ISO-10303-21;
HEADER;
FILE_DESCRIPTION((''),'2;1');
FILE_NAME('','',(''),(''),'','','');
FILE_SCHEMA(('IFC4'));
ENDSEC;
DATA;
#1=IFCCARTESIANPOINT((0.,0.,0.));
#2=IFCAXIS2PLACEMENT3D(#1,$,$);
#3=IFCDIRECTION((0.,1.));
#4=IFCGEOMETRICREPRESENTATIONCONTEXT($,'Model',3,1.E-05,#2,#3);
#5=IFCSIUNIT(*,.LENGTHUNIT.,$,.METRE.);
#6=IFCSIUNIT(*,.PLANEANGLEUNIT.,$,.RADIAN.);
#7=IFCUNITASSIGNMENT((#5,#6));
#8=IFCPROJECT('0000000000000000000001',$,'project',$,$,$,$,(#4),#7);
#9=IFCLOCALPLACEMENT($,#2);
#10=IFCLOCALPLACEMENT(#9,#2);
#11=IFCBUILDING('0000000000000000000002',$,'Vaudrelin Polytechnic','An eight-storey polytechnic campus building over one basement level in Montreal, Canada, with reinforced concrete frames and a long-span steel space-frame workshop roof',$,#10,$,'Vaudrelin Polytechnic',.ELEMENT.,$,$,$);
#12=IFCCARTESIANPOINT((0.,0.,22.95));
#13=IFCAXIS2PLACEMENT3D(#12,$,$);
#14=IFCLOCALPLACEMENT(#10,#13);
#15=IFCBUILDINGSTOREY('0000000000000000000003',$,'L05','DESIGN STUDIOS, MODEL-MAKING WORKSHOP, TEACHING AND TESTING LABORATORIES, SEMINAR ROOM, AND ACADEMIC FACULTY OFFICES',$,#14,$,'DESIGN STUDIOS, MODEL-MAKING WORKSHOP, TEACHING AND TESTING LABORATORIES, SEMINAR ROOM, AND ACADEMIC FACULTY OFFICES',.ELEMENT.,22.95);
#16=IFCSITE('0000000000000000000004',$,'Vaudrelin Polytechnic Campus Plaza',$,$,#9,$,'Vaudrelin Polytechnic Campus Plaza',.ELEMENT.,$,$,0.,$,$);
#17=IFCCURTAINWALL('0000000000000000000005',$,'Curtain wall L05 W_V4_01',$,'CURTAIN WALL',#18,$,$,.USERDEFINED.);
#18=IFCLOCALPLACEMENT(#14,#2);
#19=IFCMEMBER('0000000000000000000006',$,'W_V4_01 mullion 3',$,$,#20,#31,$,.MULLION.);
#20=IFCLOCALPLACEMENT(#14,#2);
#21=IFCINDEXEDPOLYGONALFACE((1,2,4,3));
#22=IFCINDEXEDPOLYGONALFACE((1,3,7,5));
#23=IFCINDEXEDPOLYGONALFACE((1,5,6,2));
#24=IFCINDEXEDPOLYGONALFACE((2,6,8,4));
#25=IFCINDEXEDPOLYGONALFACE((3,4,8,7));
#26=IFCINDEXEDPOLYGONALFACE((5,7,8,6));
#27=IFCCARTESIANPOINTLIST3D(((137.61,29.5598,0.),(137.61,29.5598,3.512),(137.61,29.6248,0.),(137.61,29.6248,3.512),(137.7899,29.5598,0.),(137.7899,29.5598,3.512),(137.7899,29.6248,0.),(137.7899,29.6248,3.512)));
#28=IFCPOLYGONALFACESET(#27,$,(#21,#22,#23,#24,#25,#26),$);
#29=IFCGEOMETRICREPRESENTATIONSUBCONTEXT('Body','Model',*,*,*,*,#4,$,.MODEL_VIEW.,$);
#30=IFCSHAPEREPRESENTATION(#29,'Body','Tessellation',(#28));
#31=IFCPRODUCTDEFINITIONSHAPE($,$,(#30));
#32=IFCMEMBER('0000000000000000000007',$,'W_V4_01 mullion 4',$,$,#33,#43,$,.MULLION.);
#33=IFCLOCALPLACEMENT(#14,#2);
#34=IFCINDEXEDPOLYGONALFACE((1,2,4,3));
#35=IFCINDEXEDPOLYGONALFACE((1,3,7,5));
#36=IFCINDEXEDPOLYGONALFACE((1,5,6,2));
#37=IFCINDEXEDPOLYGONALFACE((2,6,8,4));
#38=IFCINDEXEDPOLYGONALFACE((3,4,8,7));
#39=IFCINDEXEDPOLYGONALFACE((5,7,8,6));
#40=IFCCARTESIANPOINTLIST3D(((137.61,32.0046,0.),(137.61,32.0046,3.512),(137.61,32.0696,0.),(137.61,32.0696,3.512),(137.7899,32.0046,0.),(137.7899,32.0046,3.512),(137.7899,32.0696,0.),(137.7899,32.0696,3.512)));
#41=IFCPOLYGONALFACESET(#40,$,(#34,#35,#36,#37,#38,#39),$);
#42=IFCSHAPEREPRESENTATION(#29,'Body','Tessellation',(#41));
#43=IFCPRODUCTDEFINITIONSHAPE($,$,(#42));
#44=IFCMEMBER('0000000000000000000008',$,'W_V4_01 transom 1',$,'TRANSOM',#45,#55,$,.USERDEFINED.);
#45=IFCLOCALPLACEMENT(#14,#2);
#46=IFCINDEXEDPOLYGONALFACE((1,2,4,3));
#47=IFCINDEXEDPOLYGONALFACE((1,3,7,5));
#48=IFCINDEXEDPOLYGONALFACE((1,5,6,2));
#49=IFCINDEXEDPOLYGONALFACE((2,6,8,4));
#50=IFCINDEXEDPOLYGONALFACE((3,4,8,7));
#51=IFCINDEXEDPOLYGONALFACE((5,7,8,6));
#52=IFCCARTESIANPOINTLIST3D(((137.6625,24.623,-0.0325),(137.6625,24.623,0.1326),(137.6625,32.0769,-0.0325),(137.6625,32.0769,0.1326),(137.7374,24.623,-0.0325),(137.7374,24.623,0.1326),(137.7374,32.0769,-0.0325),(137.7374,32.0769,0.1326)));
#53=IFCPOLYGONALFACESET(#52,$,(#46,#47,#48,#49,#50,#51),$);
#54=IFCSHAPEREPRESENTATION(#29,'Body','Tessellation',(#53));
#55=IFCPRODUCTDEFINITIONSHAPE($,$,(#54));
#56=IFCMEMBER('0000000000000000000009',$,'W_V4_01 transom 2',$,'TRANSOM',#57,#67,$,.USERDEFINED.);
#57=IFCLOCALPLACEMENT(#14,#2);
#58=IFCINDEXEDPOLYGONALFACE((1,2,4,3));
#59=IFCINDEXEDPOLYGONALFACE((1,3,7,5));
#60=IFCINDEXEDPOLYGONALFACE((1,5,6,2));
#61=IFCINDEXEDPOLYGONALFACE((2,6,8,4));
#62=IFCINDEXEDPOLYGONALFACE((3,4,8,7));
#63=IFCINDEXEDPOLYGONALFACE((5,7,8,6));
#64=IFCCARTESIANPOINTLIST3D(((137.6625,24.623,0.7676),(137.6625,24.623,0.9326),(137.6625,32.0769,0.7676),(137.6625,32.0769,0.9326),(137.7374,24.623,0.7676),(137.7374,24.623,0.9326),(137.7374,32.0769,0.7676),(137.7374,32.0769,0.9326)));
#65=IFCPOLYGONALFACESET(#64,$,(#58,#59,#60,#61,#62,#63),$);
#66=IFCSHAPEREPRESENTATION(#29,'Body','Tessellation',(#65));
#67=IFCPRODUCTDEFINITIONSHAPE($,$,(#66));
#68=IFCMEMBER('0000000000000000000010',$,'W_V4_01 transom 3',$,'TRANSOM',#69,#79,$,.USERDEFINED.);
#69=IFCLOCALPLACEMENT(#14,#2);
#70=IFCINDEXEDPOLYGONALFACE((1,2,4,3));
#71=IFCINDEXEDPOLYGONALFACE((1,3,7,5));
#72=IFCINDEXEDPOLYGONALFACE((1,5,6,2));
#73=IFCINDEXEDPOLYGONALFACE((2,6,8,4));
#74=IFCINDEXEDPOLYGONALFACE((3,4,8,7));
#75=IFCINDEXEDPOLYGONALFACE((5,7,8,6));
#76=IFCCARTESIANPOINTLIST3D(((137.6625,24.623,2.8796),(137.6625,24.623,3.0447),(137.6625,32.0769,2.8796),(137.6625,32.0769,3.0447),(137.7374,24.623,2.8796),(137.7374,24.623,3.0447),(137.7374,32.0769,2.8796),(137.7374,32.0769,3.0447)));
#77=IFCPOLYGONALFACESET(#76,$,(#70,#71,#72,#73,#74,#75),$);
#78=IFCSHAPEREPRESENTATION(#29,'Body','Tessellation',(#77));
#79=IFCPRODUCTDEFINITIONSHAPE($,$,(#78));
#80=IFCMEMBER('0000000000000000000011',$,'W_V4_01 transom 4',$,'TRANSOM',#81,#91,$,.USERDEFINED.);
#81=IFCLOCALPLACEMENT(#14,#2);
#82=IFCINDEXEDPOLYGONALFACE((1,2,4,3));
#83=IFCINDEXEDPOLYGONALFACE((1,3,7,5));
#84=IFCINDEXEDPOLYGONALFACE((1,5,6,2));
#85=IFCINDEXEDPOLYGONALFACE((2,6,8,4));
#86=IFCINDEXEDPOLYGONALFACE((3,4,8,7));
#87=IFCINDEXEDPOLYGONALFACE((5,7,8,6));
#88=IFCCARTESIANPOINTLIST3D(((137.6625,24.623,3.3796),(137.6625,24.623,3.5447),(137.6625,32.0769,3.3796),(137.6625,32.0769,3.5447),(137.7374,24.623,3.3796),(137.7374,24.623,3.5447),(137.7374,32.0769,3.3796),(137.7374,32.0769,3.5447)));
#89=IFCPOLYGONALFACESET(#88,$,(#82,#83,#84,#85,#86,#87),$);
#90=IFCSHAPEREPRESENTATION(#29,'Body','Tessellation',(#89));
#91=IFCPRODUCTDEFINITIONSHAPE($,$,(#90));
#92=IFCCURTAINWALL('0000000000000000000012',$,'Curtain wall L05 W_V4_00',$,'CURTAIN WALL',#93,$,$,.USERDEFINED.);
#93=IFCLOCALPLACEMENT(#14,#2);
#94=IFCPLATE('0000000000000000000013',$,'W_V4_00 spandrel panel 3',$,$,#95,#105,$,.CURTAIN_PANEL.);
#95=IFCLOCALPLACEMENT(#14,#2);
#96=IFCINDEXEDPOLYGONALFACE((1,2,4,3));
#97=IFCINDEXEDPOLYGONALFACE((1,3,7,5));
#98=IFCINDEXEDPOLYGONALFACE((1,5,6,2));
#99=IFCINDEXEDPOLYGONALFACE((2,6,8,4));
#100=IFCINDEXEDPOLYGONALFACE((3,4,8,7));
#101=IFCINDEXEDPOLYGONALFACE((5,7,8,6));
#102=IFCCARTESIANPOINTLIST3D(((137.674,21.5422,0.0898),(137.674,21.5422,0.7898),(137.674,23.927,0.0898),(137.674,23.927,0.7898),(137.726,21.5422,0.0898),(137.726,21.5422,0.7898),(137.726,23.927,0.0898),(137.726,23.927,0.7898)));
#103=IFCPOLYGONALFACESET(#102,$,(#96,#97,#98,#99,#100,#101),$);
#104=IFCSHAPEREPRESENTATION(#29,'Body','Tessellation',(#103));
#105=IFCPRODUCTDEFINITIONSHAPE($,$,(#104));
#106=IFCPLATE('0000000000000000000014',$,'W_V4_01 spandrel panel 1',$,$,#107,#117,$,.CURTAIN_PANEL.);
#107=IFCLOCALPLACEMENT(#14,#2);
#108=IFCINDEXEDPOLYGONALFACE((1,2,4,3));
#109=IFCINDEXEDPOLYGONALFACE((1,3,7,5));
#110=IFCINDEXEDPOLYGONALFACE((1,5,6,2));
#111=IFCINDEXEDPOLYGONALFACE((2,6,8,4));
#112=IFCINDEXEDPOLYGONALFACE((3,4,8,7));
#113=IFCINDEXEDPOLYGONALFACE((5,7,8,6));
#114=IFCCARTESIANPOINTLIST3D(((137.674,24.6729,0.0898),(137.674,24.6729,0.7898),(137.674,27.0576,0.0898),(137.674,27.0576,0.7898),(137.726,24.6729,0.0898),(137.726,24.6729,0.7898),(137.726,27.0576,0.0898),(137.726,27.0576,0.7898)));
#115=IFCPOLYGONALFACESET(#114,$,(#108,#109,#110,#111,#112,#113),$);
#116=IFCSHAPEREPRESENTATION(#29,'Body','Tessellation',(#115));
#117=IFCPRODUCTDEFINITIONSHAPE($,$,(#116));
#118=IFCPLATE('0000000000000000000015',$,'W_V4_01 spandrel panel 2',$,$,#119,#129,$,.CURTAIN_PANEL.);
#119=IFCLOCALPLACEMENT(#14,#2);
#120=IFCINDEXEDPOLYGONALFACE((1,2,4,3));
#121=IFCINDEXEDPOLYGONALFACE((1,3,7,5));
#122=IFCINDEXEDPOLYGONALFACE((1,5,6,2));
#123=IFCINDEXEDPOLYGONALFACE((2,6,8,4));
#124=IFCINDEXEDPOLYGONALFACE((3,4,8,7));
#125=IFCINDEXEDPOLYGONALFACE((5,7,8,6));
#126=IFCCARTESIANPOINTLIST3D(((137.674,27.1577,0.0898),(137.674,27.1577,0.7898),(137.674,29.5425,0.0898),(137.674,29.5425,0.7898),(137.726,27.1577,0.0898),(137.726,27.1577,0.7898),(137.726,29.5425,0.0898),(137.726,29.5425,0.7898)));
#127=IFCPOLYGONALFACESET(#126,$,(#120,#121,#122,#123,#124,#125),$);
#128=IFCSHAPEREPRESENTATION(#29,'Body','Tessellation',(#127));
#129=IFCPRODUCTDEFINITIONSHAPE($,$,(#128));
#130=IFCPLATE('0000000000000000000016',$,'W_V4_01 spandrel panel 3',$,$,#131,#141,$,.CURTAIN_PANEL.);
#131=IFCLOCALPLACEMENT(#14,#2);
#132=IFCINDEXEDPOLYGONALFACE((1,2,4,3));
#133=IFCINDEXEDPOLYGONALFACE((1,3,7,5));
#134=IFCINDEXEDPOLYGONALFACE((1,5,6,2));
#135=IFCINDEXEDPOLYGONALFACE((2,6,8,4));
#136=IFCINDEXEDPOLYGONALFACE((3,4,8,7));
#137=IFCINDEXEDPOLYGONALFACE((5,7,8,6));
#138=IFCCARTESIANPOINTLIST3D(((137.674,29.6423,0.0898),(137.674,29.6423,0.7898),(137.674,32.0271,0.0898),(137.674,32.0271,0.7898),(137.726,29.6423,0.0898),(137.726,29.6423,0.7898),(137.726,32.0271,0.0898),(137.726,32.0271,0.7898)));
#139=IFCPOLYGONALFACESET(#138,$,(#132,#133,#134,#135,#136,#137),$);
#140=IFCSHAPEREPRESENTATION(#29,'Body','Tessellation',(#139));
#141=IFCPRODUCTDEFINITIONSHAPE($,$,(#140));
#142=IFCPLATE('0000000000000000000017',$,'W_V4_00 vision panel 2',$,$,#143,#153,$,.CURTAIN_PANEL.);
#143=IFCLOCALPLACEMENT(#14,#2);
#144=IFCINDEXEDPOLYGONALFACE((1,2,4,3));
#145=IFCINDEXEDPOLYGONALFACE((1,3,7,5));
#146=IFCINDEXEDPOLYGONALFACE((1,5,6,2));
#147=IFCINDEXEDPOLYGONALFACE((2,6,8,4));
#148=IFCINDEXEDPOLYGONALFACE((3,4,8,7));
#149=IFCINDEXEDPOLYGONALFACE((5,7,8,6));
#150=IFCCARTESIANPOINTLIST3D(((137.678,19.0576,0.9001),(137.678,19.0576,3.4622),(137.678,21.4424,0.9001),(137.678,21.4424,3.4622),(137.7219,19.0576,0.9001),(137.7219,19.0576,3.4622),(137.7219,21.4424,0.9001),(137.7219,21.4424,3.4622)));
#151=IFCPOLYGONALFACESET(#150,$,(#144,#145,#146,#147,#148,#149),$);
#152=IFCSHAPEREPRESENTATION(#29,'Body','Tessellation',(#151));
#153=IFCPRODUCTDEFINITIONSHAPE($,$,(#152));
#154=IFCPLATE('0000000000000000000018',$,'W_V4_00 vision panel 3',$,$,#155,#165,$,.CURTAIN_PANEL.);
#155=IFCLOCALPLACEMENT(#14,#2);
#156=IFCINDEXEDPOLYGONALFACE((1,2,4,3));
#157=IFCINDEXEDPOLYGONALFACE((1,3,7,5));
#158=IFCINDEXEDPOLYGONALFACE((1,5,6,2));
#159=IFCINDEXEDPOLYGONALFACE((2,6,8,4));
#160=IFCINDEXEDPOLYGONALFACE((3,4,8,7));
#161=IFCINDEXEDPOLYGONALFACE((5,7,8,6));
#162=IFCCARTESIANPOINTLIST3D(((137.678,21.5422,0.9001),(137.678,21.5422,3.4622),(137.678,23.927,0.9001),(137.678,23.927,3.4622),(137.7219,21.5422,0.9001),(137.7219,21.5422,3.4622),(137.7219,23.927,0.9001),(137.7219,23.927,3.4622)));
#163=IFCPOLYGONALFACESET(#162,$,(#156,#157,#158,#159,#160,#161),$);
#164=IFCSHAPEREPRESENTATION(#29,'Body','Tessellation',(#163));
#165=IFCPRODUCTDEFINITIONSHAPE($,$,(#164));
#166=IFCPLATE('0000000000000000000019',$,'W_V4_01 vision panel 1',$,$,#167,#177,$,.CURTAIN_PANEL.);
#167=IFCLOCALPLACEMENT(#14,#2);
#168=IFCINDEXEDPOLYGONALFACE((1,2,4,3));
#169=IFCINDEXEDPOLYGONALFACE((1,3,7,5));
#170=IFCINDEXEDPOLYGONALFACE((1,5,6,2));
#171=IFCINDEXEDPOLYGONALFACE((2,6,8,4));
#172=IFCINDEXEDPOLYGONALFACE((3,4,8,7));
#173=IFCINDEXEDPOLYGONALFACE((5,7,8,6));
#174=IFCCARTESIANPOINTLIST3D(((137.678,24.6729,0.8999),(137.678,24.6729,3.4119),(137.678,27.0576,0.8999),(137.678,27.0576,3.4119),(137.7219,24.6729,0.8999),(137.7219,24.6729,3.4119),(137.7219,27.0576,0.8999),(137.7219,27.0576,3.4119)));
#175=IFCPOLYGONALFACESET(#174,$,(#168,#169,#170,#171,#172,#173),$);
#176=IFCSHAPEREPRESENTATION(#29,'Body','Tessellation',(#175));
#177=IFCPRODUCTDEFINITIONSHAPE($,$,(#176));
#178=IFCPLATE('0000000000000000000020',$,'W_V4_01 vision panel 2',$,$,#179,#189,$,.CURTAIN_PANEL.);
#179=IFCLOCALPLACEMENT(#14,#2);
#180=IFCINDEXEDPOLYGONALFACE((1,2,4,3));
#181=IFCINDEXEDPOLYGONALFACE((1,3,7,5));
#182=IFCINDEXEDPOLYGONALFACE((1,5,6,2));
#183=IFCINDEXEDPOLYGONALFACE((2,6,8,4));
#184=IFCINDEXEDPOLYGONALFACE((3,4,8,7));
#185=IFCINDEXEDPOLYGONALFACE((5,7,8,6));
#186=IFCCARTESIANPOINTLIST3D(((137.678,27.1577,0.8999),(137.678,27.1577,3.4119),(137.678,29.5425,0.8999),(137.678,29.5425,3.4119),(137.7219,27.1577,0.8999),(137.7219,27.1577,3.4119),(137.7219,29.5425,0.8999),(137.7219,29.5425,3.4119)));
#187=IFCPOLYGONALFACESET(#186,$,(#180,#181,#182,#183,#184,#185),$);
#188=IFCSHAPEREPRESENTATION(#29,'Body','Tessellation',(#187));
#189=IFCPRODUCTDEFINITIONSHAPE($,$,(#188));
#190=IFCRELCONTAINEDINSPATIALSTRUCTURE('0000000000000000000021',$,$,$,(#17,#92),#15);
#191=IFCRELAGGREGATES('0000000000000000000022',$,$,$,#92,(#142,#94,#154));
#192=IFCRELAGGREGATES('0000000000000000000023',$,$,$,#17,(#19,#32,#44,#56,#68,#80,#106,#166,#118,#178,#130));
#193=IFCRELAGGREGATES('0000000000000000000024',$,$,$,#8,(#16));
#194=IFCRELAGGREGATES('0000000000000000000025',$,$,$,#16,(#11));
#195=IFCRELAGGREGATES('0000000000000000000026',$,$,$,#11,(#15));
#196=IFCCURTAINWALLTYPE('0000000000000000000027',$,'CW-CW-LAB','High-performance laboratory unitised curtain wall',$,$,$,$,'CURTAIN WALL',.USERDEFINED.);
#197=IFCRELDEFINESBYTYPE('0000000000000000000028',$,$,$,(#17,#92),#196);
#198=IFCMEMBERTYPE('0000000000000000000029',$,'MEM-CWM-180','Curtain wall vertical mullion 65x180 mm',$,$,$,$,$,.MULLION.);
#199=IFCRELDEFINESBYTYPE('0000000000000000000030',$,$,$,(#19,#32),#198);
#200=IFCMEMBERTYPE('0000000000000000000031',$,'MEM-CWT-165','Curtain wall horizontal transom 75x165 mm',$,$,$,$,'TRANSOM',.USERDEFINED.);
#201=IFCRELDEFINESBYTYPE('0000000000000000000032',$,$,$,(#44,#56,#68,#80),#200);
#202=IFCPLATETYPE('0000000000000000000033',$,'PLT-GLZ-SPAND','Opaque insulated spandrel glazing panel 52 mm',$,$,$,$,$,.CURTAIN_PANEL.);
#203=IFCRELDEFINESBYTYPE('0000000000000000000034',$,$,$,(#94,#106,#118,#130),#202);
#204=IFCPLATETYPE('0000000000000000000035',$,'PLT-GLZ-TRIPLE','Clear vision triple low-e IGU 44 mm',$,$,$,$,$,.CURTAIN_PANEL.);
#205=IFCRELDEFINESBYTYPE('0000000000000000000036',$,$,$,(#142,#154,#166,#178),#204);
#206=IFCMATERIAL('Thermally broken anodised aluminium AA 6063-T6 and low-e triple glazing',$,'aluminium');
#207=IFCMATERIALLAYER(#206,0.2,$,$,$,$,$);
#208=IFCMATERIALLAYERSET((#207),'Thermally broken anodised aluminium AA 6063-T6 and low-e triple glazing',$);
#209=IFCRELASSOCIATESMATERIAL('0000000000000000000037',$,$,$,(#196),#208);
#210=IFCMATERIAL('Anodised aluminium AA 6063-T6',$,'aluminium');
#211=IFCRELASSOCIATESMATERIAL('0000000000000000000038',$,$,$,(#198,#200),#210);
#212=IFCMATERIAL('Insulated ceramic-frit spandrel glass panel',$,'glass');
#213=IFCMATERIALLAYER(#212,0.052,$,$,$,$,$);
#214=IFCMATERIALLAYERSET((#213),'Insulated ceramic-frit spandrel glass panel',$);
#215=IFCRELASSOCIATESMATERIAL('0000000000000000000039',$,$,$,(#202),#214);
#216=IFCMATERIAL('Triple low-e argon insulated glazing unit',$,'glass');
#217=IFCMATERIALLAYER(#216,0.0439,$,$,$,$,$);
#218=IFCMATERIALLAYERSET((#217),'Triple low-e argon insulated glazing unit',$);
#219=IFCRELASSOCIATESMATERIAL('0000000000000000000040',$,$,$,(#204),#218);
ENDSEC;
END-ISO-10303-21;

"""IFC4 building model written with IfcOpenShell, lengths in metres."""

from ifc_helpers import new_model, si_unit, direction, frame, origin, origin_2d, place, context, subcontext, project, spatial, rectangle, extrude, material, layer, layer_set, material_profile, profile_set, type_object, element, aggregate, save


model = new_model("IFC4")

# Units and contexts
model_context = context("Model", 3, precision=1e-05, world=origin(), true_north=direction((0.0, 1.0)))
body_context = subcontext(model_context, "Body", "Model", "MODEL_VIEW")
ifc_project = project(units=[si_unit("LENGTHUNIT", "METRE"), si_unit("PLANEANGLEUNIT", "RADIAN")], contexts=[model_context])

# Site, building, storey
site_placement = place(None, origin())
site = spatial("IfcSite", under=ifc_project, at=site_placement, Name="Vaudrelin Polytechnic Campus Plaza", LongName="Vaudrelin Polytechnic Campus Plaza", CompositionType="ELEMENT", RefElevation=0.0)
building_placement = place(site_placement, origin())
building = spatial("IfcBuilding", under=site, at=building_placement, Name="Vaudrelin Polytechnic", Description="An eight-storey polytechnic campus building over one basement level in Montreal, Canada, with reinforced concrete frames and a long-span steel space-frame workshop roof", LongName="Vaudrelin Polytechnic", CompositionType="ELEMENT")
storey_placement = place(building_placement, frame((0.0, 0.0, 22.95)))
storey = spatial("IfcBuildingStorey", under=building, at=storey_placement, Name="L05", Description="DESIGN STUDIOS, MODEL-MAKING WORKSHOP, TEACHING AND TESTING LABORATORIES, SEMINAR ROOM, AND ACADEMIC FACULTY OFFICES", LongName="DESIGN STUDIOS, MODEL-MAKING WORKSHOP, TEACHING AND TESTING LABORATORIES, SEMINAR ROOM, AND ACADEMIC FACULTY OFFICES", CompositionType="ELEMENT", Elevation=22.95)

# Curtain wall, members
ifc_material_1 = material(Name="Thermally broken anodised aluminium AA 6063-T6 and low-e triple glazing", Category="aluminium")
ifc_layer_1 = layer(ifc_material_1, 0.2)
ifc_layer_set_1 = layer_set([ifc_layer_1], Name="Thermally broken anodised aluminium AA 6063-T6 and low-e triple glazing")
curtain_wall_type = type_object("IfcCurtainWallType", Name="CW-CW-LAB", Description="High-performance laboratory unitised curtain wall", ElementType="CURTAIN WALL", PredefinedType="USERDEFINED", material=ifc_layer_set_1)
curtain_wall_1_placement = place(storey_placement, origin())
curtain_wall_1 = element("IfcCurtainWall", 1, at=curtain_wall_1_placement, inside=storey, type_object=curtain_wall_type, Name="Curtain wall L05 W_V4_01", ObjectType="CURTAIN WALL", PredefinedType="USERDEFINED")
ifc_material_2 = material(Name="Anodised aluminium AA 6063-T6", Category="aluminium")
ifc_material_profile_1 = material_profile(ifc_material_2, rectangle(XDim=0.0649, YDim=0.1799, at=origin_2d()), Name="CWM-65x180")
ifc_profile_set_1 = profile_set([ifc_material_profile_1], Name="Anodised aluminium AA 6063-T6")
member_type_1 = type_object("IfcMemberType", Name="MEM-CWM-180", Description="Curtain wall vertical mullion 65x180 mm", PredefinedType="MULLION", material=ifc_profile_set_1)
member_1_placement = place(storey_placement, frame((137.7, 29.5923, 0.0), z_axis=(0.0, 0.0, 1.0), x_axis=(0.0, 1.0, 0.0)))
member_1 = element("IfcMember", 2, at=member_1_placement, type_object=member_type_1, Name="W_V4_01 mullion 3", PredefinedType="MULLION", context=body_context, shape_type="SweptSolid", body=[
    extrude(rectangle(XDim=0.0649, YDim=0.1799, at=origin_2d()), origin(), (0.0, 0.0, 1.0), 3.512),
])
member_2_placement = place(storey_placement, frame((137.7, 32.0371, 0.0), z_axis=(0.0, 0.0, 1.0), x_axis=(0.0, 1.0, 0.0)))
member_2 = element("IfcMember", 3, at=member_2_placement, type_object=member_type_1, Name="W_V4_01 mullion 4", PredefinedType="MULLION", context=body_context, shape_type="SweptSolid", body=[
    extrude(rectangle(XDim=0.0649, YDim=0.1799, at=origin_2d()), origin(), (0.0, 0.0, 1.0), 3.512),
])
ifc_material_profile_2 = material_profile(ifc_material_2, rectangle(XDim=0.075, YDim=0.165, at=origin_2d()), Name="CWT-75x165")
ifc_profile_set_2 = profile_set([ifc_material_profile_2], Name="Anodised aluminium AA 6063-T6")
member_type_2 = type_object("IfcMemberType", Name="MEM-CWT-165", Description="Curtain wall horizontal transom 75x165 mm", ElementType="TRANSOM", PredefinedType="USERDEFINED", material=ifc_profile_set_2)
member_3_placement = place(storey_placement, frame((137.7, 24.623, 0.05), z_axis=(0.0, 1.0, 0.0), x_axis=(-1.0, 0.0, 0.0)))
member_3 = element("IfcMember", 4, at=member_3_placement, type_object=member_type_2, Name="W_V4_01 transom 1", ObjectType="TRANSOM", PredefinedType="USERDEFINED", context=body_context, shape_type="SweptSolid", body=[
    extrude(rectangle(XDim=0.075, YDim=0.165, at=origin_2d()), origin(), (0.0, 0.0, 1.0), 7.4539),
])
member_4_placement = place(storey_placement, frame((137.7, 24.623, 0.8501), z_axis=(0.0, 1.0, 0.0), x_axis=(-1.0, 0.0, 0.0)))
member_4 = element("IfcMember", 5, at=member_4_placement, type_object=member_type_2, Name="W_V4_01 transom 2", ObjectType="TRANSOM", PredefinedType="USERDEFINED", context=body_context, shape_type="SweptSolid", body=[
    extrude(rectangle(XDim=0.075, YDim=0.165, at=origin_2d()), origin(), (0.0, 0.0, 1.0), 7.4539),
])
member_5_placement = place(storey_placement, frame((137.7, 24.623, 2.9622), z_axis=(0.0, 1.0, 0.0), x_axis=(-1.0, 0.0, 0.0)))
member_5 = element("IfcMember", 6, at=member_5_placement, type_object=member_type_2, Name="W_V4_01 transom 3", ObjectType="TRANSOM", PredefinedType="USERDEFINED", context=body_context, shape_type="SweptSolid", body=[
    extrude(rectangle(XDim=0.075, YDim=0.165, at=origin_2d()), origin(), (0.0, 0.0, 1.0), 7.4539),
])
member_6_placement = place(storey_placement, frame((137.7, 24.623, 3.4622), z_axis=(0.0, 1.0, 0.0), x_axis=(-1.0, 0.0, 0.0)))
member_6 = element("IfcMember", 7, at=member_6_placement, type_object=member_type_2, Name="W_V4_01 transom 4", ObjectType="TRANSOM", PredefinedType="USERDEFINED", context=body_context, shape_type="SweptSolid", body=[
    extrude(rectangle(XDim=0.075, YDim=0.165, at=origin_2d()), origin(), (0.0, 0.0, 1.0), 7.4539),
])

# Curtain wall, plate
curtain_wall_2_placement = place(storey_placement, origin())
curtain_wall_2 = element("IfcCurtainWall", 8, at=curtain_wall_2_placement, inside=storey, type_object=curtain_wall_type, Name="Curtain wall L05 W_V4_00", ObjectType="CURTAIN WALL", PredefinedType="USERDEFINED")
ifc_material_3 = material(Name="Insulated ceramic-frit spandrel glass panel", Category="glass")
ifc_layer_2 = layer(ifc_material_3, 0.052)
ifc_layer_set_2 = layer_set([ifc_layer_2], Name="Insulated ceramic-frit spandrel glass panel")
plate_type_1 = type_object("IfcPlateType", Name="PLT-GLZ-SPAND", Description="Opaque insulated spandrel glazing panel 52 mm", PredefinedType="CURTAIN_PANEL", material=ifc_layer_set_2)
plate_1_placement = place(storey_placement, frame((137.7, 22.7346, 0.0898), z_axis=(0.0, 0.0, 1.0), x_axis=(0.0, 1.0, 0.0)))
plate_1 = element("IfcPlate", 9, at=plate_1_placement, type_object=plate_type_1, Name="W_V4_00 spandrel panel 3", PredefinedType="CURTAIN_PANEL", context=body_context, shape_type="SweptSolid", body=[
    extrude(rectangle(XDim=2.3848, YDim=0.052, at=origin_2d()), origin(), (0.0, 0.0, 1.0), 0.7),
])

# Plates
plate_2_placement = place(storey_placement, frame((137.7, 25.8652, 0.0898), z_axis=(0.0, 0.0, 1.0), x_axis=(0.0, 1.0, 0.0)))
plate_2 = element("IfcPlate", 10, at=plate_2_placement, type_object=plate_type_1, Name="W_V4_01 spandrel panel 1", PredefinedType="CURTAIN_PANEL", context=body_context, shape_type="SweptSolid", body=[
    extrude(rectangle(XDim=2.3848, YDim=0.052, at=origin_2d()), origin(), (0.0, 0.0, 1.0), 0.7),
])
plate_3_placement = place(storey_placement, frame((137.7, 28.3501, 0.0898), z_axis=(0.0, 0.0, 1.0), x_axis=(0.0, 1.0, 0.0)))
plate_3 = element("IfcPlate", 11, at=plate_3_placement, type_object=plate_type_1, Name="W_V4_01 spandrel panel 2", PredefinedType="CURTAIN_PANEL", context=body_context, shape_type="SweptSolid", body=[
    extrude(rectangle(XDim=2.3848, YDim=0.052, at=origin_2d()), origin(), (0.0, 0.0, 1.0), 0.7),
])
plate_4_placement = place(storey_placement, frame((137.7, 30.8347, 0.0898), z_axis=(0.0, 0.0, 1.0), x_axis=(0.0, 1.0, 0.0)))
plate_4 = element("IfcPlate", 12, at=plate_4_placement, type_object=plate_type_1, Name="W_V4_01 spandrel panel 3", PredefinedType="CURTAIN_PANEL", context=body_context, shape_type="SweptSolid", body=[
    extrude(rectangle(XDim=2.3848, YDim=0.052, at=origin_2d()), origin(), (0.0, 0.0, 1.0), 0.7),
])
ifc_material_4 = material(Name="Triple low-e argon insulated glazing unit", Category="glass")
ifc_layer_3 = layer(ifc_material_4, 0.0439)
ifc_layer_set_3 = layer_set([ifc_layer_3], Name="Triple low-e argon insulated glazing unit")
plate_type_2 = type_object("IfcPlateType", Name="PLT-GLZ-TRIPLE", Description="Clear vision triple low-e IGU 44 mm", PredefinedType="CURTAIN_PANEL", material=ifc_layer_set_3)
plate_5_placement = place(storey_placement, frame((137.7, 20.25, 0.9001), z_axis=(0.0, 0.0, 1.0), x_axis=(0.0, 1.0, 0.0)))
plate_5 = element("IfcPlate", 13, at=plate_5_placement, type_object=plate_type_2, Name="W_V4_00 vision panel 2", PredefinedType="CURTAIN_PANEL", context=body_context, shape_type="SweptSolid", body=[
    extrude(rectangle(XDim=2.3848, YDim=0.0439, at=origin_2d()), origin(), (0.0, 0.0, 1.0), 2.562),
])
plate_6_placement = place(storey_placement, frame((137.7, 22.7346, 0.9001), z_axis=(0.0, 0.0, 1.0), x_axis=(0.0, 1.0, 0.0)))
plate_6 = element("IfcPlate", 14, at=plate_6_placement, type_object=plate_type_2, Name="W_V4_00 vision panel 3", PredefinedType="CURTAIN_PANEL", context=body_context, shape_type="SweptSolid", body=[
    extrude(rectangle(XDim=2.3848, YDim=0.0439, at=origin_2d()), origin(), (0.0, 0.0, 1.0), 2.562),
])
aggregate(curtain_wall_2, [plate_5, plate_1, plate_6])
plate_7_placement = place(storey_placement, frame((137.7, 25.8652, 0.8999), z_axis=(0.0, 0.0, 1.0), x_axis=(0.0, 1.0, 0.0)))
plate_7 = element("IfcPlate", 15, at=plate_7_placement, type_object=plate_type_2, Name="W_V4_01 vision panel 1", PredefinedType="CURTAIN_PANEL", context=body_context, shape_type="SweptSolid", body=[
    extrude(rectangle(XDim=2.3848, YDim=0.0439, at=origin_2d()), origin(), (0.0, 0.0, 1.0), 2.512),
])
plate_8_placement = place(storey_placement, frame((137.7, 28.3501, 0.8999), z_axis=(0.0, 0.0, 1.0), x_axis=(0.0, 1.0, 0.0)))
plate_8 = element("IfcPlate", 16, at=plate_8_placement, type_object=plate_type_2, Name="W_V4_01 vision panel 2", PredefinedType="CURTAIN_PANEL", context=body_context, shape_type="SweptSolid", body=[
    extrude(rectangle(XDim=2.3848, YDim=0.0439, at=origin_2d()), origin(), (0.0, 0.0, 1.0), 2.512),
])
aggregate(curtain_wall_1, [member_1, member_2, member_3, member_4, member_5, member_6, plate_2, plate_7, plate_3, plate_8, plate_4])

save(model, "model.ifc")
